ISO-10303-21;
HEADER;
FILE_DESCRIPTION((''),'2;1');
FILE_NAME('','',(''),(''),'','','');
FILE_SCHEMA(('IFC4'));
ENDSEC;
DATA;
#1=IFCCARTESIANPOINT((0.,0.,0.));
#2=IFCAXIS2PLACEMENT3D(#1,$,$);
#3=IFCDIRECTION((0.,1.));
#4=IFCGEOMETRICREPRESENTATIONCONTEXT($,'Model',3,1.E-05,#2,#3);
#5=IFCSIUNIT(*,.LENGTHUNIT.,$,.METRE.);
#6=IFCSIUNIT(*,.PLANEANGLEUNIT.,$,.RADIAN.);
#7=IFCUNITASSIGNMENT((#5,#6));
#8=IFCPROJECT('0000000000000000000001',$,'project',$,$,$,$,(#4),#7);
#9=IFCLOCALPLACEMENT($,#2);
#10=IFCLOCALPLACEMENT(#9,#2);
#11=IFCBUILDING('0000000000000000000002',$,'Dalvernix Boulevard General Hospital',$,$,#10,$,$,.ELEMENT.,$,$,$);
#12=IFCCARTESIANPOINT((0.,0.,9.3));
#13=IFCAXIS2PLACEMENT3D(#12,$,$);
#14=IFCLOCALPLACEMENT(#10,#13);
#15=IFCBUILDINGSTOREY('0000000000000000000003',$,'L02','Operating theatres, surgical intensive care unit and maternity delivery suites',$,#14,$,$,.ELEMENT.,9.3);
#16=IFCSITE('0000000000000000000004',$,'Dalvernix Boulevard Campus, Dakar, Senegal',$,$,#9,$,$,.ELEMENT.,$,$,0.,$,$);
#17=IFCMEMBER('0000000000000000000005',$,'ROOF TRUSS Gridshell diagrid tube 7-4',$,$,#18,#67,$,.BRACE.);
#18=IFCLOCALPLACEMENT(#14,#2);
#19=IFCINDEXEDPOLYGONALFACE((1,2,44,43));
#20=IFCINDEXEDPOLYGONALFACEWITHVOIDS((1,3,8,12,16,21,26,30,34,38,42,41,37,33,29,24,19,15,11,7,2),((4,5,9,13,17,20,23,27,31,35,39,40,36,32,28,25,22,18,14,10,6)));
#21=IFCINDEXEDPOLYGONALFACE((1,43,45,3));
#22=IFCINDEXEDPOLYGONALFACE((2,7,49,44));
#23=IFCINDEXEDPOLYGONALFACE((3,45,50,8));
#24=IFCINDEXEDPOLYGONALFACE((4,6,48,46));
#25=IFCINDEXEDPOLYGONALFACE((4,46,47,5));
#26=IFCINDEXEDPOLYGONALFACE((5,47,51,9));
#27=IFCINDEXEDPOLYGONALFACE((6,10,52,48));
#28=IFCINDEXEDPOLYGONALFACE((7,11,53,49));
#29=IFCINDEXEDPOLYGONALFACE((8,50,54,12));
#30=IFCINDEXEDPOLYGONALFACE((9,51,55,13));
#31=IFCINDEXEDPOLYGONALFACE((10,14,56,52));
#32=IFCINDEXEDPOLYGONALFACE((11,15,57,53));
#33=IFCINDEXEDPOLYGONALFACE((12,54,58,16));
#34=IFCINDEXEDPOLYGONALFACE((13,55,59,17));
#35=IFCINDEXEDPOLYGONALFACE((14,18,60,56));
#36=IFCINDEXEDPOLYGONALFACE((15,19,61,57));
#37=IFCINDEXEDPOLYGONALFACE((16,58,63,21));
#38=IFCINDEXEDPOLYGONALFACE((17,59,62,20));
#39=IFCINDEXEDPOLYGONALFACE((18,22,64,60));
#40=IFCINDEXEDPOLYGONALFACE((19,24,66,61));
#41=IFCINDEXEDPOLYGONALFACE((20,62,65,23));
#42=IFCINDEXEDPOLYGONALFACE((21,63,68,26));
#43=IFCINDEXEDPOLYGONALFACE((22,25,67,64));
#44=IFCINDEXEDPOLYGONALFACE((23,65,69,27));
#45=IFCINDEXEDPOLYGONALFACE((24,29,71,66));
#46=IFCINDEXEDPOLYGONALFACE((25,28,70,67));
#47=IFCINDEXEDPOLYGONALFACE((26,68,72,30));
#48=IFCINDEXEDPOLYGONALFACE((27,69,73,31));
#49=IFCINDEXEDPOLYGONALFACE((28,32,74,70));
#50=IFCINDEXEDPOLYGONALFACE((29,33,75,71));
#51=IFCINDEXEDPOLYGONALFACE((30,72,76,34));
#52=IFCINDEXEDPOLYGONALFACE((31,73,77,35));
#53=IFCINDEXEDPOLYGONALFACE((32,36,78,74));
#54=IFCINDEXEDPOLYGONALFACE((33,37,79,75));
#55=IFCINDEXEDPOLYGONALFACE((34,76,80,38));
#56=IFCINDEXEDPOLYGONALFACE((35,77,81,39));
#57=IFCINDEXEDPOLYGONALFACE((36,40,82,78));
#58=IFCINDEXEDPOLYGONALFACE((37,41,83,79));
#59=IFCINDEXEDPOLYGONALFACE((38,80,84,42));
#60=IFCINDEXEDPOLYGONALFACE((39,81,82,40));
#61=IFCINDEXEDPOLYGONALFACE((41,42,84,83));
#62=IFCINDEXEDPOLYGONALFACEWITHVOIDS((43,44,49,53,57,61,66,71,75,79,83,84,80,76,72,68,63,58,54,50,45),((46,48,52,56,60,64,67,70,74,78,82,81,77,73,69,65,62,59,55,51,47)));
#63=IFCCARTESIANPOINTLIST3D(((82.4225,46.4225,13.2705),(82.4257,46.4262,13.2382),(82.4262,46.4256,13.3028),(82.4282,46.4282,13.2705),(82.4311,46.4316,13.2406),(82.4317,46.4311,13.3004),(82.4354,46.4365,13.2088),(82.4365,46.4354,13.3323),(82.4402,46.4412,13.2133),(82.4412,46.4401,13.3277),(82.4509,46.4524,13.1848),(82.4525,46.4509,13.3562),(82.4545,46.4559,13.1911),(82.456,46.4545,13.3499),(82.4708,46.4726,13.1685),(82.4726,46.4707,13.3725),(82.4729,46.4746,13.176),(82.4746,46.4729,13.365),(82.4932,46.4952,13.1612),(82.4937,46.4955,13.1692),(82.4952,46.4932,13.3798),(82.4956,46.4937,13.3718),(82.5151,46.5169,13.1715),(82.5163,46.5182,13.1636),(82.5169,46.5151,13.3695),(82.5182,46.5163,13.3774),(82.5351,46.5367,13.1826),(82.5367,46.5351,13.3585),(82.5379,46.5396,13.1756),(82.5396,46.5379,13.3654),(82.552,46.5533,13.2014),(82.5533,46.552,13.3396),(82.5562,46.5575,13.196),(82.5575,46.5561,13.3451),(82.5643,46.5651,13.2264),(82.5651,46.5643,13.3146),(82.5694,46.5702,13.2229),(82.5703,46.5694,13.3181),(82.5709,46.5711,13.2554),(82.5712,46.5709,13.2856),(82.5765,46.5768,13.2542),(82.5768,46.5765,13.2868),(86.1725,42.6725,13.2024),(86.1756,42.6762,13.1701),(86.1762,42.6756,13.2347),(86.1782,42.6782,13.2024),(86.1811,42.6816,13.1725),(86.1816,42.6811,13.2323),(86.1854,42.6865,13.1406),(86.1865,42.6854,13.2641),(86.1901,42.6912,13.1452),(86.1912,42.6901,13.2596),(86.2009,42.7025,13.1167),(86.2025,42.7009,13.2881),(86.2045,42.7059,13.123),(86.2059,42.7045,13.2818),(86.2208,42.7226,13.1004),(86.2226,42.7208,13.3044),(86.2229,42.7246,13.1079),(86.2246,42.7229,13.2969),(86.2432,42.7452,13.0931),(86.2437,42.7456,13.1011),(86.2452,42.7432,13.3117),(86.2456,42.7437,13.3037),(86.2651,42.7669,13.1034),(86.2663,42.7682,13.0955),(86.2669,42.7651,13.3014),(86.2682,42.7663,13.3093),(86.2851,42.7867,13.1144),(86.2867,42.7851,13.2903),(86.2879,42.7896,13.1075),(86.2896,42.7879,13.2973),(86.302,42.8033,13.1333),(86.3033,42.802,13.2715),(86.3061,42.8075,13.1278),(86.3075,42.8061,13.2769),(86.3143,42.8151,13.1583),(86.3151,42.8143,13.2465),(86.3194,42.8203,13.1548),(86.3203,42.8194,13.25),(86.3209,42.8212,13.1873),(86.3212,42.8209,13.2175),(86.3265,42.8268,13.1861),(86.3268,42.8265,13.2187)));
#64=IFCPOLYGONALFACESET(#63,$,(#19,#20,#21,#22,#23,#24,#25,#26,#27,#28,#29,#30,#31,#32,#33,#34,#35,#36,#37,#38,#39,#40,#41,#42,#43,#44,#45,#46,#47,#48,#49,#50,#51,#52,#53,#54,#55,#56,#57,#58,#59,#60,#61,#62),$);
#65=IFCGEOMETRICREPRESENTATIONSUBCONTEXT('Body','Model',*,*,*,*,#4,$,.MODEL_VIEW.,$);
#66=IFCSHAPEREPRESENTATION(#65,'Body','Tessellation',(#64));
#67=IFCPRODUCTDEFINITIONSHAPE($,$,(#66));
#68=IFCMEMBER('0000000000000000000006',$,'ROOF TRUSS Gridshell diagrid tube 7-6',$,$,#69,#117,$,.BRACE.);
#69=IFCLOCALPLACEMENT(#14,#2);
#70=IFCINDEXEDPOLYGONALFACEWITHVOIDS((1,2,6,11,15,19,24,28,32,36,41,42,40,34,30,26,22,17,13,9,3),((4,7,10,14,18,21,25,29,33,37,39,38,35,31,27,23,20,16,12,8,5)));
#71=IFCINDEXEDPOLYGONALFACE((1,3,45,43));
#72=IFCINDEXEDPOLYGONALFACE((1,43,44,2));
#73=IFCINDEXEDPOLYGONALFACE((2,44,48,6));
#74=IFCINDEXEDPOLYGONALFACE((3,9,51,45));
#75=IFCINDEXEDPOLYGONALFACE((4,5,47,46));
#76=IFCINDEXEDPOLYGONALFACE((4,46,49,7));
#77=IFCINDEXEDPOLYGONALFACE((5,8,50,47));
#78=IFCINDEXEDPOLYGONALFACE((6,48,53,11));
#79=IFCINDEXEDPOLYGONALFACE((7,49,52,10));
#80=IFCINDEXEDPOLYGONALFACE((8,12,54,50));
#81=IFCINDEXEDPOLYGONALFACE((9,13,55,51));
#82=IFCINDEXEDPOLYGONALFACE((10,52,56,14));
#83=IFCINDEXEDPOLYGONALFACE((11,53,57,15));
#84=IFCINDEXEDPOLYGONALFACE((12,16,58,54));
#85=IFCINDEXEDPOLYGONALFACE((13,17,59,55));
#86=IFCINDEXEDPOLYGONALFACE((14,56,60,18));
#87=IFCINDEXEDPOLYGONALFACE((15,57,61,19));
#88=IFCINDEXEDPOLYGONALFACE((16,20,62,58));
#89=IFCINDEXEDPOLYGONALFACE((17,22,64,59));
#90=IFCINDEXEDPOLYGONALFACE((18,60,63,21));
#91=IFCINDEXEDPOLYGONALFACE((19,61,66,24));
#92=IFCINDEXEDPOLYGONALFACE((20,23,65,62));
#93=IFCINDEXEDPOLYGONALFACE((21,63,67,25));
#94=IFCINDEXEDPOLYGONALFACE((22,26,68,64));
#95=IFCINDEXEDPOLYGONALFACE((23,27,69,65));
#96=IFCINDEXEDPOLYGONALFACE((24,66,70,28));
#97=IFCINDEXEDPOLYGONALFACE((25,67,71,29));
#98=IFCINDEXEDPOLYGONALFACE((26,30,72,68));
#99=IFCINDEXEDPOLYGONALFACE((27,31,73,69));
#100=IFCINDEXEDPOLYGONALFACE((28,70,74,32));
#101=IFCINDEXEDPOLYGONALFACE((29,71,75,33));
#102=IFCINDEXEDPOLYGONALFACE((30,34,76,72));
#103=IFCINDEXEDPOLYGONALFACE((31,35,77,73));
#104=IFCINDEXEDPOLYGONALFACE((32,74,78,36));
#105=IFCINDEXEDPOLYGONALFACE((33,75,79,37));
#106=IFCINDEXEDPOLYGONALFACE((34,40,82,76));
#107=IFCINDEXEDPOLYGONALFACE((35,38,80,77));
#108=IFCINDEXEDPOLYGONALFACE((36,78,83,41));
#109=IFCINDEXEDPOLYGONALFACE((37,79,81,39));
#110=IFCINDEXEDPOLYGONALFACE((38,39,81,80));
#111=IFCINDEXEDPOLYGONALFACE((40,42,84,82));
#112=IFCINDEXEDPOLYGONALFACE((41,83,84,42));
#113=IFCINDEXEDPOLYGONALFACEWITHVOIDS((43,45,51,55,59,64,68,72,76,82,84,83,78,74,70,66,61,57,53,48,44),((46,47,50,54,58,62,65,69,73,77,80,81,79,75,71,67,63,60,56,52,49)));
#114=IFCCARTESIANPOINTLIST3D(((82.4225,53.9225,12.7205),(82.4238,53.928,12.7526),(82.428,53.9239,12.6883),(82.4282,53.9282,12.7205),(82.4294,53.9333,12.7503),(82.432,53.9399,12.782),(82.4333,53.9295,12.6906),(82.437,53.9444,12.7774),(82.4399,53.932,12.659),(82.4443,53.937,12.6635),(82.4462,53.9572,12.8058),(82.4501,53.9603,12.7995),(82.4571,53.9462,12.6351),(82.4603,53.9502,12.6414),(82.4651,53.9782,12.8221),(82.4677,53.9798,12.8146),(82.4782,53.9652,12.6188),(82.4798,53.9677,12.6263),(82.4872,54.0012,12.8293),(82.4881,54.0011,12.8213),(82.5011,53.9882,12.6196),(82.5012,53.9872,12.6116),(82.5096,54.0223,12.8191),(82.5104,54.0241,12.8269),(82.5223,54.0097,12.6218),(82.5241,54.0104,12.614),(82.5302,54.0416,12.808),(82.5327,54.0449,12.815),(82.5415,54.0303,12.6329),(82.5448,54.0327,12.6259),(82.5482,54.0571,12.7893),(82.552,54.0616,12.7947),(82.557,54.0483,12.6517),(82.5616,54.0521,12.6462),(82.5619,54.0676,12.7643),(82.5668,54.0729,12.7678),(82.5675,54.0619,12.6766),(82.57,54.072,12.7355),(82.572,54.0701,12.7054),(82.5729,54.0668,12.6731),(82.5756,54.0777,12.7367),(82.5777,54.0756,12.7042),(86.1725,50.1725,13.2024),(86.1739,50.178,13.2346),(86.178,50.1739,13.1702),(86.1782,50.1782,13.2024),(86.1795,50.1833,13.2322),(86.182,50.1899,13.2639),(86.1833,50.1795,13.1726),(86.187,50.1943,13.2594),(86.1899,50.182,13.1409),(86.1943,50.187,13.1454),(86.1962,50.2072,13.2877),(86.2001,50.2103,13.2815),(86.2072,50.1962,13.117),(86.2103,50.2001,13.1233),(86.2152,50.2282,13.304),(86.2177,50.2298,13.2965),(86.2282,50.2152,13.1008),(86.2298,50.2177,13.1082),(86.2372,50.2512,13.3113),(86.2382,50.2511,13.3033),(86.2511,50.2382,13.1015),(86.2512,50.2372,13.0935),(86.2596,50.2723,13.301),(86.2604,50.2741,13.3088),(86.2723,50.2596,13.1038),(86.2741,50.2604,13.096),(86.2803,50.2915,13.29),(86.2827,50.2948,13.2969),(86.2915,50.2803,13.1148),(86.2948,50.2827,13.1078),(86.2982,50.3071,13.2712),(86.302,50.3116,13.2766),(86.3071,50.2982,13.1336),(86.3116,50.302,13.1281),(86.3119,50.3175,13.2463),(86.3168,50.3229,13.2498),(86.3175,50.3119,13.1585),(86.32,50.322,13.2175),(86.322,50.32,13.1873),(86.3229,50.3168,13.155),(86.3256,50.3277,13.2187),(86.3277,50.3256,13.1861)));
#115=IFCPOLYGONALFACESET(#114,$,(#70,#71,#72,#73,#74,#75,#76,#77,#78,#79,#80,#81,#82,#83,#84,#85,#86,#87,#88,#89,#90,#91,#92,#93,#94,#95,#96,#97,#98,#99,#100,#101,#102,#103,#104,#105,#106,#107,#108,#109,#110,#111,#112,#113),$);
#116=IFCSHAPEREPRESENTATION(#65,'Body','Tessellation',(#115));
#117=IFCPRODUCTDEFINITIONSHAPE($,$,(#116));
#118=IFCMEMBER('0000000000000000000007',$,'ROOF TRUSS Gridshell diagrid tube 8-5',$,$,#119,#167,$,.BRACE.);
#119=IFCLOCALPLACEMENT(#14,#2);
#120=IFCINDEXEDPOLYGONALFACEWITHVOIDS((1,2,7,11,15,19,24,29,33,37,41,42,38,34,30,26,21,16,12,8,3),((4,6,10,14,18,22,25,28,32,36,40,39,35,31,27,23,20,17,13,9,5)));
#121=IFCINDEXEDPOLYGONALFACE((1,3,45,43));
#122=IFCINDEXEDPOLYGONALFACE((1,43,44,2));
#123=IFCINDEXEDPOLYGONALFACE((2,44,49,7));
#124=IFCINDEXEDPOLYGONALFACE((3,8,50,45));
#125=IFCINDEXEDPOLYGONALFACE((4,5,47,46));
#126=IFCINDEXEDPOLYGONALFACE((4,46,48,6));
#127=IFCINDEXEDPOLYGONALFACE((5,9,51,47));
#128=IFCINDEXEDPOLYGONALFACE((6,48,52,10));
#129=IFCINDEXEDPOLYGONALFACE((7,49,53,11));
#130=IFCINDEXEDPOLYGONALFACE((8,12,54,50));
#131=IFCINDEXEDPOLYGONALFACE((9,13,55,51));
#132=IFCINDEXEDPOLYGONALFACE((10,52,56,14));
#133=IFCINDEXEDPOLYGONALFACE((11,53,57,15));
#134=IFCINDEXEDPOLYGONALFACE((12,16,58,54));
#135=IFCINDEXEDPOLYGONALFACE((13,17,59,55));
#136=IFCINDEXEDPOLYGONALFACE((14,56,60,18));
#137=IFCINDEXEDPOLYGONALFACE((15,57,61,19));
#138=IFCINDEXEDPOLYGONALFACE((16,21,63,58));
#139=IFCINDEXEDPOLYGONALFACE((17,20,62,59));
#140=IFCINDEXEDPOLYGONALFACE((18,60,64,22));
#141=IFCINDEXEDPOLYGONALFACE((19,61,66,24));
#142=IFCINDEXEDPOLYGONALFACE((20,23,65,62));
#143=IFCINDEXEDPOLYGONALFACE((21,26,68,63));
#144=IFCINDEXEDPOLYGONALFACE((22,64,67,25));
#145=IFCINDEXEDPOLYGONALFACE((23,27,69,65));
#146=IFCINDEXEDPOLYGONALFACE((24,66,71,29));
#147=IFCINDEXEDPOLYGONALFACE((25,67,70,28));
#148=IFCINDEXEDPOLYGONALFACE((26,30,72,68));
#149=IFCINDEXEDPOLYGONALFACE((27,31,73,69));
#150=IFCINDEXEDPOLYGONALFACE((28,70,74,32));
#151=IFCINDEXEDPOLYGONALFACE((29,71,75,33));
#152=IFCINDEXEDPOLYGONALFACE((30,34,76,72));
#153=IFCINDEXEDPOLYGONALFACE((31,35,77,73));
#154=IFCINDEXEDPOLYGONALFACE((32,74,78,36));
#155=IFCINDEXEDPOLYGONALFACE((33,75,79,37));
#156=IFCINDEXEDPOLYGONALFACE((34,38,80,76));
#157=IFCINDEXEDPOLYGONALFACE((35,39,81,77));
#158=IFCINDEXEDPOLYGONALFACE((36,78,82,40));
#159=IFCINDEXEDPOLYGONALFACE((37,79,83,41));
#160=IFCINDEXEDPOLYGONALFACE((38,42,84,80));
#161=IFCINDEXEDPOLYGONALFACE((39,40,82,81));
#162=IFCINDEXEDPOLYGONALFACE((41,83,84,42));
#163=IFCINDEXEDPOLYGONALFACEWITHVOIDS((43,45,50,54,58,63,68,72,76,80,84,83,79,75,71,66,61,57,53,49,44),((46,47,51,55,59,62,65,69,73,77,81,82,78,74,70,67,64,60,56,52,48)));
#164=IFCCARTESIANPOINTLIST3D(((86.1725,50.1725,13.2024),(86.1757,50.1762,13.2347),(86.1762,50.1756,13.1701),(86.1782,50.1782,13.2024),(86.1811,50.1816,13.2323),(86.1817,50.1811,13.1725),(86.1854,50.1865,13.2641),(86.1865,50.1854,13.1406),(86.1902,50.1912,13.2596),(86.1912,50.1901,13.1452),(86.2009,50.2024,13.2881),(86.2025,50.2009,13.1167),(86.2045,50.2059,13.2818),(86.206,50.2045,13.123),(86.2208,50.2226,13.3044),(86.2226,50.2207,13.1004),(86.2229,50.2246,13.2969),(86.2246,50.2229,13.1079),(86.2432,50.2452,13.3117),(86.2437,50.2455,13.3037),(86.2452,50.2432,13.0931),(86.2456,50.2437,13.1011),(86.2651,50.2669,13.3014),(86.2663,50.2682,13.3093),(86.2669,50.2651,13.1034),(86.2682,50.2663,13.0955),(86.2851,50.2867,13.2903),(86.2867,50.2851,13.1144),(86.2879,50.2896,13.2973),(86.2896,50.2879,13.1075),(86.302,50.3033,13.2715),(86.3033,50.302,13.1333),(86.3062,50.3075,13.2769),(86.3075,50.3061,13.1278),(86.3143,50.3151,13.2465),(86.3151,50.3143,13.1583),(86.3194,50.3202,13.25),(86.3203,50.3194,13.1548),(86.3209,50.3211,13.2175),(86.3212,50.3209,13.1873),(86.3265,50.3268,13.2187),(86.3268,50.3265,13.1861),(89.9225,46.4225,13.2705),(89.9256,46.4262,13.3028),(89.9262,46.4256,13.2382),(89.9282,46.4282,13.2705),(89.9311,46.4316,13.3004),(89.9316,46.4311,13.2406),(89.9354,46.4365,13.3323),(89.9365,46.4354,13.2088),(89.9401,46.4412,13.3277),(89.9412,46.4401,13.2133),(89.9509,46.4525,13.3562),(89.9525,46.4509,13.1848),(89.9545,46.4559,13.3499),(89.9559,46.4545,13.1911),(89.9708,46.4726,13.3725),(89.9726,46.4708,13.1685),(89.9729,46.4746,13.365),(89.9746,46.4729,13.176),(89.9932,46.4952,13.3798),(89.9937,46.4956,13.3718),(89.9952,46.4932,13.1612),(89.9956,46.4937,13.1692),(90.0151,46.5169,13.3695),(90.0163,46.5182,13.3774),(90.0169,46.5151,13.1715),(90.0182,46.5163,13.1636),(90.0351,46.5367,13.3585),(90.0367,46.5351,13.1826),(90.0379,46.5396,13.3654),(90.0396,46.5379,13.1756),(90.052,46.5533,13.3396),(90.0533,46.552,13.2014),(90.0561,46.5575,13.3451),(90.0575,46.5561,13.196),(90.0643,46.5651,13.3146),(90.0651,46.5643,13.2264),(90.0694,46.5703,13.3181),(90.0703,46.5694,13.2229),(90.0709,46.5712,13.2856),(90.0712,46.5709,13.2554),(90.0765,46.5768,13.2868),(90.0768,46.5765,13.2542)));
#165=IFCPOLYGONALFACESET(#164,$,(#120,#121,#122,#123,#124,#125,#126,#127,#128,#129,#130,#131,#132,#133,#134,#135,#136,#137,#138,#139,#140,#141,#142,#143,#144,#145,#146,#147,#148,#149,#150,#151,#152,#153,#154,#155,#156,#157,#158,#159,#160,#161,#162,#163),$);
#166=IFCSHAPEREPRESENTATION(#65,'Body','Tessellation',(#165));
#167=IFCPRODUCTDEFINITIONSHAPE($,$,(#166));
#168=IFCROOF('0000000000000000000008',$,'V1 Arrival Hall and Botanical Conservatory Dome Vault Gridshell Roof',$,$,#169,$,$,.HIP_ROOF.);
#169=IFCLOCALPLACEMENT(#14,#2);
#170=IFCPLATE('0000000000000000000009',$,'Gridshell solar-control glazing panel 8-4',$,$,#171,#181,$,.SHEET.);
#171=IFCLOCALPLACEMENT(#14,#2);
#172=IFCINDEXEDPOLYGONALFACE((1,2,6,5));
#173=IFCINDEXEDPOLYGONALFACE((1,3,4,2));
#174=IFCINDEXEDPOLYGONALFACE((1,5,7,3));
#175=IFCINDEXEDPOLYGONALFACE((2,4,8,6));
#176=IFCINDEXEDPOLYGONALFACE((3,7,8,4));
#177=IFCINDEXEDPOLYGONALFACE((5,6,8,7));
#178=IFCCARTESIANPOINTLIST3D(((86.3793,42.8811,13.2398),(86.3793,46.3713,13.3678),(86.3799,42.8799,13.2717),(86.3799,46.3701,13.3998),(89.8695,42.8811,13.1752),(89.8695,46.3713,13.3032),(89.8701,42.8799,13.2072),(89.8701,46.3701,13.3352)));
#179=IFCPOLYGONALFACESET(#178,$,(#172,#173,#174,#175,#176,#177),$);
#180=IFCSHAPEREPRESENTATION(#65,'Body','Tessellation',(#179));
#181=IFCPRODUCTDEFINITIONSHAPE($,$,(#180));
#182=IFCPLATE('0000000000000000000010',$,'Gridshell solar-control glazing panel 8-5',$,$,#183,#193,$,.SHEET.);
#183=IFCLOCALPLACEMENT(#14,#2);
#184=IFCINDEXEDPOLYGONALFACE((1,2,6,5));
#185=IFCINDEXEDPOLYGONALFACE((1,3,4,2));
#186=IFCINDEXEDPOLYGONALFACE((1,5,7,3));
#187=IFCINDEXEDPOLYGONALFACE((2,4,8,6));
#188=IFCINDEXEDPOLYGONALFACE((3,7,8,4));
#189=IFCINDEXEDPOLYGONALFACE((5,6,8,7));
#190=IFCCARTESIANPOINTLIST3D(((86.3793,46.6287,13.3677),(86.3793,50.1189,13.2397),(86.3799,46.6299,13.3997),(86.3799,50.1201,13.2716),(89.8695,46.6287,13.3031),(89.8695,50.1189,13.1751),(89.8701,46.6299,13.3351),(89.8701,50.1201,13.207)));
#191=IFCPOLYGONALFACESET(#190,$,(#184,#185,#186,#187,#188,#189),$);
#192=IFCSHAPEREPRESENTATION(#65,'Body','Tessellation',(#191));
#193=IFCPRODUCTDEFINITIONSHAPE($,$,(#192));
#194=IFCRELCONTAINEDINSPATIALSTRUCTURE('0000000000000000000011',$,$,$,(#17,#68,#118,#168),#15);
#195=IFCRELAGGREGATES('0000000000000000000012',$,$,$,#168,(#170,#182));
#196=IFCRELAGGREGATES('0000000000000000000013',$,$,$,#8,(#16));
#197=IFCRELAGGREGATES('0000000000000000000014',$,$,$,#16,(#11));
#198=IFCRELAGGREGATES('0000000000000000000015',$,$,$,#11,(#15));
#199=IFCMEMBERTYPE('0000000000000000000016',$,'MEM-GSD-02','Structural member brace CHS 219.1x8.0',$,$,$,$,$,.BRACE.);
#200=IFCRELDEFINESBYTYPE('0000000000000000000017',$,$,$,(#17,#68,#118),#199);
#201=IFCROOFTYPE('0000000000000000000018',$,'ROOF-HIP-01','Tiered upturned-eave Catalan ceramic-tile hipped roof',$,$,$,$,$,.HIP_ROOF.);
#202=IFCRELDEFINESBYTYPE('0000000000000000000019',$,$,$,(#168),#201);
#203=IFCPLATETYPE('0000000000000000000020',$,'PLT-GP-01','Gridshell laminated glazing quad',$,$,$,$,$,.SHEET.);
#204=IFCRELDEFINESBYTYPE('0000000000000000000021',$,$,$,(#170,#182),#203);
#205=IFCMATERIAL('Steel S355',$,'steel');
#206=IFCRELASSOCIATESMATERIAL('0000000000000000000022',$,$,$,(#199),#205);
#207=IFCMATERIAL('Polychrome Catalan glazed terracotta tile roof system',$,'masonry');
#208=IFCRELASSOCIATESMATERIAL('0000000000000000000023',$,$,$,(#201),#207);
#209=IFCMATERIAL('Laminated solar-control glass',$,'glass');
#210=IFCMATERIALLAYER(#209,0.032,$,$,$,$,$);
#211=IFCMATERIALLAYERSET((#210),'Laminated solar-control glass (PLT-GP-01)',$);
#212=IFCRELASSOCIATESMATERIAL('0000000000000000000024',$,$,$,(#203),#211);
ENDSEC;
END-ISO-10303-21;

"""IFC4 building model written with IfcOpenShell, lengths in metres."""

from ifc_helpers import new_model, si_unit, direction, frame, origin, origin_2d, place, context, subcontext, project, spatial, polyline, hollow_circle, outline, extrude, material, layer, layer_set, material_profile, profile_set, type_object, element, aggregate, save


model = new_model("IFC4")

# Units and contexts
model_context = context("Model", 3, precision=1e-05, world=origin(), true_north=direction((0.0, 1.0)))
body_context = subcontext(model_context, "Body", "Model", "MODEL_VIEW")
ifc_project = project(units=[si_unit("LENGTHUNIT", "METRE"), si_unit("PLANEANGLEUNIT", "RADIAN")], contexts=[model_context])

# Site, building, storey
site_placement = place(None, origin())
site = spatial("IfcSite", under=ifc_project, at=site_placement, Name="Dalvernix Boulevard Campus, Dakar, Senegal", CompositionType="ELEMENT", RefElevation=0.0)
building_placement = place(site_placement, origin())
building = spatial("IfcBuilding", under=site, at=building_placement, Name="Dalvernix Boulevard General Hospital", CompositionType="ELEMENT")
storey_placement = place(building_placement, frame((0.0, 0.0, 9.3)))
storey = spatial("IfcBuildingStorey", under=building, at=storey_placement, Name="L02", Description="Operating theatres, surgical intensive care unit and maternity delivery suites", CompositionType="ELEMENT", Elevation=9.3)

# Members
ifc_material_1 = material(Name="Steel S355", Category="steel")
ifc_material_profile_1 = material_profile(ifc_material_1, hollow_circle(Radius=0.1096, WallThickness=0.0081, at=origin_2d()), Name="CHS 219.1x8.0")
ifc_profile_set_1 = profile_set([ifc_material_profile_1], Name="Steel S355")
member_type_1 = type_object("IfcMemberType", Name="MEM-GSD-02", Description="Structural member brace CHS 219.1x8.0", PredefinedType="BRACE", material=ifc_profile_set_1)
member_1_placement = place(storey_placement, frame((86.25, 42.75, 13.2024), z_axis=(-0.707048, 0.707048, 0.012843), x_axis=(-0.707107, -0.707107, 0.0)))
element("IfcMember", 1, at=member_1_placement, inside=storey, type_object=member_type_1, Name="ROOF TRUSS Gridshell diagrid tube 7-4", PredefinedType="BRACE", context=body_context, shape_type="SweptSolid", body=[
    extrude(hollow_circle(Radius=0.1096, WallThickness=0.0081, at=origin_2d()), origin(), (0.0, 0.0, 1.0), 5.3037),
])
member_2_placement = place(storey_placement, frame((86.25, 50.25, 13.2024), z_axis=(-0.704205, 0.704205, -0.090501), x_axis=(-0.707107, -0.707107, 0.0)))
element("IfcMember", 2, at=member_2_placement, inside=storey, type_object=member_type_1, Name="ROOF TRUSS Gridshell diagrid tube 7-6", PredefinedType="BRACE", context=body_context, shape_type="SweptSolid", body=[
    extrude(hollow_circle(Radius=0.1096, WallThickness=0.0081, at=origin_2d()), origin(), (0.0, 0.0, 1.0), 5.3252),
])
member_3_placement = place(storey_placement, frame((90.0, 46.5, 13.2705), z_axis=(-0.707048, 0.707048, -0.012843), x_axis=(-0.707107, -0.707107, 0.0)))
element("IfcMember", 3, at=member_3_placement, inside=storey, type_object=member_type_1, Name="ROOF TRUSS Gridshell diagrid tube 8-5", PredefinedType="BRACE", context=body_context, shape_type="SweptSolid", body=[
    extrude(hollow_circle(Radius=0.1096, WallThickness=0.0081, at=origin_2d()), origin(), (0.0, 0.0, 1.0), 5.3037),
])

# Roof, plates
ifc_material_2 = material(Name="Polychrome Catalan glazed terracotta tile roof system", Category="masonry")
roof_type = type_object("IfcRoofType", Name="ROOF-HIP-01", Description="Tiered upturned-eave Catalan ceramic-tile hipped roof", PredefinedType="HIP_ROOF", material=ifc_material_2)
roof_placement = place(storey_placement, origin())
roof = element("IfcRoof", 4, at=roof_placement, inside=storey, type_object=roof_type, Name="V1 Arrival Hall and Botanical Conservatory Dome Vault Gridshell Roof", PredefinedType="HIP_ROOF")
ifc_material_3 = material(Name="Laminated solar-control glass", Category="glass")
ifc_layer = layer(ifc_material_3, 0.032)
ifc_layer_set = layer_set([ifc_layer], Name="Laminated solar-control glass (PLT-GP-01)")
plate_type = type_object("IfcPlateType", Name="PLT-GP-01", Description="Gridshell laminated glazing quad", PredefinedType="SHEET", material=ifc_layer_set)
plate_1_placement = place(storey_placement, frame((86.3799, 42.8799, 13.2717), z_axis=(0.018486, -0.036658, 0.999157), x_axis=(0.999829, -0.000001, -0.018499)))
plate_1 = element("IfcPlate", 5, at=plate_1_placement, type_object=plate_type, Name="Gridshell solar-control glazing panel 8-4", PredefinedType="SHEET", context=body_context, shape_type="SweptSolid", body=[
    extrude(outline(polyline([(0.0, 0.0), (3.4908, 0.0), (3.4885, 3.4926), (-0.0024, 3.4926), (0.0, 0.0)])), origin(), (0.0, 0.0, -1.0), 0.032),
])
plate_2_placement = place(storey_placement, frame((86.3799, 46.6299, 13.3997), z_axis=(0.018486, 0.036658, 0.999157), x_axis=(0.999829, -0.000001, -0.018498)))
plate_2 = element("IfcPlate", 6, at=plate_2_placement, type_object=plate_type, Name="Gridshell solar-control glazing panel 8-5", PredefinedType="SHEET", context=body_context, shape_type="SweptSolid", body=[
    extrude(outline(polyline([(0.0, 0.0), (3.4908, 0.0), (3.4932, 3.4926), (0.0024, 3.4926), (0.0, 0.0)])), origin(), (0.0, 0.0, -1.0), 0.032),
])
aggregate(roof, [plate_1, plate_2])

save(model, "model.ifc")
